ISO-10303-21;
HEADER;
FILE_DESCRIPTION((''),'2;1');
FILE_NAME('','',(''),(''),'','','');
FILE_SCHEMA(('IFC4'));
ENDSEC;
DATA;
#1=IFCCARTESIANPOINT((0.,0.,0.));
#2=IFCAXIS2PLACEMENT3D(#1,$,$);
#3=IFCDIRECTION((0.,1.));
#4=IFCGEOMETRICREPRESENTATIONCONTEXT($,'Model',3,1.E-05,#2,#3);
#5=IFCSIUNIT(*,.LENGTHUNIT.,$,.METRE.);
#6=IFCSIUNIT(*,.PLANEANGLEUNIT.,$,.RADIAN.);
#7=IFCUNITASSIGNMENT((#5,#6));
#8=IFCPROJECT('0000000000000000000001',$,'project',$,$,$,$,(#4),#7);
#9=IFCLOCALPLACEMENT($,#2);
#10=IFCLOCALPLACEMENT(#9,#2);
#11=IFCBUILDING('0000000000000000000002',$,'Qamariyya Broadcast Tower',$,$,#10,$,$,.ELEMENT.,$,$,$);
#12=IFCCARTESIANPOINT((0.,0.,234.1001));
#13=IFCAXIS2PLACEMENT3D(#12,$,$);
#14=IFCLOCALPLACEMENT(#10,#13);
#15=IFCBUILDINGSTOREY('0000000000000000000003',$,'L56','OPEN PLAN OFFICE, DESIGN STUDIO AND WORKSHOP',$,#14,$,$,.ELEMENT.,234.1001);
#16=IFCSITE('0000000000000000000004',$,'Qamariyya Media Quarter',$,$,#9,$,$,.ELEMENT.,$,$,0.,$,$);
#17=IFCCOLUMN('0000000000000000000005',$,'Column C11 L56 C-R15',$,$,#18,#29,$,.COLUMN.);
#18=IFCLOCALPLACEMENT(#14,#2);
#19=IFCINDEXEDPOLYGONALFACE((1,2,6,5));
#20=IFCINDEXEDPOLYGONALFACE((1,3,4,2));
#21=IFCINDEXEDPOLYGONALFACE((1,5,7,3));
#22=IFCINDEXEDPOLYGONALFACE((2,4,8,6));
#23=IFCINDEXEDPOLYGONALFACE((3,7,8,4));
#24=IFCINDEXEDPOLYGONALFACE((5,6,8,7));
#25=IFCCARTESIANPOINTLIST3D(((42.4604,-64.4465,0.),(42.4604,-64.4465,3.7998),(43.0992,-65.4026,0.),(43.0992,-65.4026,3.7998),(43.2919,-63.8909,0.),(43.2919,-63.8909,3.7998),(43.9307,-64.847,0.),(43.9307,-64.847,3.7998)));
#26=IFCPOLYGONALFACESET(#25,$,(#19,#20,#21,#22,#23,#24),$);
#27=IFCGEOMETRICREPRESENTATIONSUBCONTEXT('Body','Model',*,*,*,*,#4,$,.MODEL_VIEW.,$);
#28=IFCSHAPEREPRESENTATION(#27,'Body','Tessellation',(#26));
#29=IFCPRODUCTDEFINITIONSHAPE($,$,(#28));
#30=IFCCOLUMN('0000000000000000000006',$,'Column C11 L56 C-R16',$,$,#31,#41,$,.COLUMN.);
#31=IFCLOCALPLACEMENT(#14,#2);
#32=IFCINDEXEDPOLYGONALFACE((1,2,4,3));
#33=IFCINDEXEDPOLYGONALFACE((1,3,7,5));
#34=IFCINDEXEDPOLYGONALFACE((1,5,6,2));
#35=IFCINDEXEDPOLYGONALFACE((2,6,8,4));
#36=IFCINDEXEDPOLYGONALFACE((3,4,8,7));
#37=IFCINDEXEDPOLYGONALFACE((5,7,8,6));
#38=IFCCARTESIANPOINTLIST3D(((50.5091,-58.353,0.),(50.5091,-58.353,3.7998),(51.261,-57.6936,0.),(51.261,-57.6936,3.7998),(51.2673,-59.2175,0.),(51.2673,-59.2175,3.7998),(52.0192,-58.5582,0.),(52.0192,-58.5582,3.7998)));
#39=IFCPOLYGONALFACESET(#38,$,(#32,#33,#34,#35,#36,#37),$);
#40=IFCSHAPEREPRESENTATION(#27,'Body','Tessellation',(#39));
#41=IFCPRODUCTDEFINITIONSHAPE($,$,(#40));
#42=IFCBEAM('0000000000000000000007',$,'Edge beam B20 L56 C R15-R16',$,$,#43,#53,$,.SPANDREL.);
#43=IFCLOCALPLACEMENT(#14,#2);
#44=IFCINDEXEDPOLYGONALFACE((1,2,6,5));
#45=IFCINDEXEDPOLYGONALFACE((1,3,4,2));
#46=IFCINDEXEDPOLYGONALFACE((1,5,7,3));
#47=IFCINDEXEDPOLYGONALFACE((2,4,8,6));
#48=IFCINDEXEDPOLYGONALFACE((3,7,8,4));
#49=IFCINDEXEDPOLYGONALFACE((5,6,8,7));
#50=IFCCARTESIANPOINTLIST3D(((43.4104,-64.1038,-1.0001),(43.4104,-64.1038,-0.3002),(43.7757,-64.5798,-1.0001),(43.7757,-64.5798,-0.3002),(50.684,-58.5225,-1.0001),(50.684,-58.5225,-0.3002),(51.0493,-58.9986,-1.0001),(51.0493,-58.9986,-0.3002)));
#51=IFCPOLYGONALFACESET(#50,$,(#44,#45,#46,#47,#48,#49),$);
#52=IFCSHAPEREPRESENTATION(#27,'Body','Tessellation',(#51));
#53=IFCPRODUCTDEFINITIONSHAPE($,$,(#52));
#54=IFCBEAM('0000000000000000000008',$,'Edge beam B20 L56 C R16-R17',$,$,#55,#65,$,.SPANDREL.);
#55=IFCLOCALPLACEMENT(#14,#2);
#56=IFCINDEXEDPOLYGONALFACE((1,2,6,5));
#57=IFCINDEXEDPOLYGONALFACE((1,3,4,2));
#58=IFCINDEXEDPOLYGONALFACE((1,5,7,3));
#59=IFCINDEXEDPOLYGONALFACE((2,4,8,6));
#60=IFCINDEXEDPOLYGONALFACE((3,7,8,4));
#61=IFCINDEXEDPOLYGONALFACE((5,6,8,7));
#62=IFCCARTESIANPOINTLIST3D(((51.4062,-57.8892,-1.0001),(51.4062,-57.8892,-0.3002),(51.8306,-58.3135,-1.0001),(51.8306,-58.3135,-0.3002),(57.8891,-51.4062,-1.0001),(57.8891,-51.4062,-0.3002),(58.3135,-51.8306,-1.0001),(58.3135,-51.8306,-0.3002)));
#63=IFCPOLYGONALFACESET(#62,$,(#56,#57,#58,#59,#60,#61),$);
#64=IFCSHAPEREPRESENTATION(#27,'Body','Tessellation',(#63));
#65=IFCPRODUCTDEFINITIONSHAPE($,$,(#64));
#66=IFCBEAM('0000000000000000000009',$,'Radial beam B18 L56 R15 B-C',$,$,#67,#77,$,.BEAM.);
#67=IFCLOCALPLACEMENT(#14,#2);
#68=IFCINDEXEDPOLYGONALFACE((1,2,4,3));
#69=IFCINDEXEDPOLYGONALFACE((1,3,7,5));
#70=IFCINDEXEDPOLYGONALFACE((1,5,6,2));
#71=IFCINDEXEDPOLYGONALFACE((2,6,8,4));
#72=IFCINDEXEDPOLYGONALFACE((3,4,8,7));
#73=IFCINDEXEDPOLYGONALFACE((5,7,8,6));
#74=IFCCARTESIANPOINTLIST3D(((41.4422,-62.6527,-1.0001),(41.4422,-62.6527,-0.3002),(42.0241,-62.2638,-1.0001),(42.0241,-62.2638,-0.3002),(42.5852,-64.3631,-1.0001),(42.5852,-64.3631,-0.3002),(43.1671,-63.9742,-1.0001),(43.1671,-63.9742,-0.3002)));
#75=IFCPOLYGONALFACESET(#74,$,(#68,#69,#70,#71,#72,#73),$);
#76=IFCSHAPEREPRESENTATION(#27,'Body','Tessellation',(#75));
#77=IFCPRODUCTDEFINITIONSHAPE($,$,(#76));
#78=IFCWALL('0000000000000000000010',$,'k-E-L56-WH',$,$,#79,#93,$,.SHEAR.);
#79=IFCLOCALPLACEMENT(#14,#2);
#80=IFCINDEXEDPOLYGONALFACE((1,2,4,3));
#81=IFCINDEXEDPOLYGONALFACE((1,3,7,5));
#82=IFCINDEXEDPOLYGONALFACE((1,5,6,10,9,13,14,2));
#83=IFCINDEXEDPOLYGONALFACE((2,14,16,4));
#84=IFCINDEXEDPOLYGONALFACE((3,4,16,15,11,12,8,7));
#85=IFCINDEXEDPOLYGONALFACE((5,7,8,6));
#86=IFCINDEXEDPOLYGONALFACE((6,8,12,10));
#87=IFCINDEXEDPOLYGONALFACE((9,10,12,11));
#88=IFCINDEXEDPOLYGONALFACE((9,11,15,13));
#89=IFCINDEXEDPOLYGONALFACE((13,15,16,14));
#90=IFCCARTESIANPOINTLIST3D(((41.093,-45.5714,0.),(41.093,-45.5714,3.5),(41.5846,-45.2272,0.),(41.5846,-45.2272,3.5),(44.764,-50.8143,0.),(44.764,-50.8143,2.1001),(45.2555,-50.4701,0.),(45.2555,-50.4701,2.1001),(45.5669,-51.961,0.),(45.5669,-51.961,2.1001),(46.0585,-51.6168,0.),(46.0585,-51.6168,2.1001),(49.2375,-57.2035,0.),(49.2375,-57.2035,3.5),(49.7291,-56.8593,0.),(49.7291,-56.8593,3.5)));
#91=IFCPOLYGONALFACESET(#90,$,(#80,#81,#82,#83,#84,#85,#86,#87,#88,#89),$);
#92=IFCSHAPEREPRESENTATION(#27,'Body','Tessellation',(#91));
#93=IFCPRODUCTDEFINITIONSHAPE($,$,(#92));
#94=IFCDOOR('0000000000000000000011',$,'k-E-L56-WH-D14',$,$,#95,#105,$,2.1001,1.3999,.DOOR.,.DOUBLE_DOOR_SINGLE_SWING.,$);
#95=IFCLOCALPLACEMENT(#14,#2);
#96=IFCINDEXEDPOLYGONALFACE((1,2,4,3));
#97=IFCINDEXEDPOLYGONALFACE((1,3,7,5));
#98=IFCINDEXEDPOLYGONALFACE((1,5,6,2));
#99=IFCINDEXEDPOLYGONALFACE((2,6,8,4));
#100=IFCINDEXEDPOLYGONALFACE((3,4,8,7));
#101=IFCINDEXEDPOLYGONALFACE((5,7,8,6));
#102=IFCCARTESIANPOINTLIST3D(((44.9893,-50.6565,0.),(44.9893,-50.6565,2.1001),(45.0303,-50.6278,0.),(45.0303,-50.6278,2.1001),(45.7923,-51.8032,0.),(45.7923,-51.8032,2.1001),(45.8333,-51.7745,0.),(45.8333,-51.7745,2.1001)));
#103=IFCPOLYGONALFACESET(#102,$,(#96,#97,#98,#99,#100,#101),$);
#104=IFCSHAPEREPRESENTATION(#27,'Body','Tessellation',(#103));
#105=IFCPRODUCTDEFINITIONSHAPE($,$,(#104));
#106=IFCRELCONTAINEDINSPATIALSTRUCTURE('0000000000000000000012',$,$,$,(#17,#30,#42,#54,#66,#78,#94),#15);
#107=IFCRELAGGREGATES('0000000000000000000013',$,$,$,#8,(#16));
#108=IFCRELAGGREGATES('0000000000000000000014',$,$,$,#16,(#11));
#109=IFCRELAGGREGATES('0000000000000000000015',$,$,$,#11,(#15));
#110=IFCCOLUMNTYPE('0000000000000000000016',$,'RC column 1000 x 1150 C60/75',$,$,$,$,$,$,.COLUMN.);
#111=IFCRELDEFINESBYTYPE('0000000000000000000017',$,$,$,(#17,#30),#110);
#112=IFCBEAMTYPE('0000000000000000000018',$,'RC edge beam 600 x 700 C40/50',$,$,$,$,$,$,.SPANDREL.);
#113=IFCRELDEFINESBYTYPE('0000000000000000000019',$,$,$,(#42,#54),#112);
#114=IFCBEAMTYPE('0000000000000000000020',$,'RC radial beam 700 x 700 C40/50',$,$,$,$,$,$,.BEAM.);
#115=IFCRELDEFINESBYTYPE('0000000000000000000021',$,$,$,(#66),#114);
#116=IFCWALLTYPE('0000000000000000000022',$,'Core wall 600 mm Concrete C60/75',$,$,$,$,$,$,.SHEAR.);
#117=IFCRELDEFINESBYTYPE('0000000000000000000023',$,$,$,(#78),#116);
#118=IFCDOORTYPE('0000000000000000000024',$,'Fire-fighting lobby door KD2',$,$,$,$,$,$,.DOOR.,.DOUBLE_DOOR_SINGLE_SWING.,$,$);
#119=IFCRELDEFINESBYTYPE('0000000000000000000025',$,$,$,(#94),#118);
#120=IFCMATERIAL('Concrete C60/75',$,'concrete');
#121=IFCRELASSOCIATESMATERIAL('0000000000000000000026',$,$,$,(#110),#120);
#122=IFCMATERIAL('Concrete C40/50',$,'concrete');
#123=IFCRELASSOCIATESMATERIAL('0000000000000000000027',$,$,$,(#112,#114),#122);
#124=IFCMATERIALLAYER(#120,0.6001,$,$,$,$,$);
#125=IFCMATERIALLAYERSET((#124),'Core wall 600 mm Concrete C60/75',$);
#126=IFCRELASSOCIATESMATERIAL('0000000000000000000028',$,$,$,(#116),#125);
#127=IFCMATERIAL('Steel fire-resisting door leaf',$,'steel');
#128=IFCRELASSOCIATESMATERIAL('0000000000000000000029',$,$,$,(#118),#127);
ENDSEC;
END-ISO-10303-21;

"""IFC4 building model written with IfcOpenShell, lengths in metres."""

from ifc_helpers import new_model, si_unit, direction, frame, frame_2d, origin, origin_2d, place, context, subcontext, project, spatial, rectangle, extrude, material, layer, layer_set, material_profile, profile_set, type_object, element, fill, save


model = new_model("IFC4")

# Units and contexts
model_context = context("Model", 3, precision=1e-05, world=origin(), true_north=direction((0.0, 1.0)))
body_context = subcontext(model_context, "Body", "Model", "MODEL_VIEW")
ifc_project = project(units=[si_unit("LENGTHUNIT", "METRE"), si_unit("PLANEANGLEUNIT", "RADIAN")], contexts=[model_context])

# Site, building, storey
site_placement = place(None, origin())
site = spatial("IfcSite", under=ifc_project, at=site_placement, Name="Qamariyya Media Quarter", CompositionType="ELEMENT", RefElevation=0.0)
building_placement = place(site_placement, origin())
building = spatial("IfcBuilding", under=site, at=building_placement, Name="Qamariyya Broadcast Tower", CompositionType="ELEMENT")
storey_placement = place(building_placement, frame((0.0, 0.0, 234.1001)))
storey = spatial("IfcBuildingStorey", under=building, at=storey_placement, Name="L56", Description="OPEN PLAN OFFICE, DESIGN STUDIO AND WORKSHOP", CompositionType="ELEMENT", Elevation=234.1001)

# Columns
ifc_material_1 = material(Name="Concrete C60/75", Category="concrete")
ifc_material_profile_1 = material_profile(ifc_material_1, rectangle(XDim=1.0, YDim=1.1499, at=origin_2d()))
ifc_profile_set_1 = profile_set([ifc_material_profile_1], Name="Concrete C60/75")
column_type = type_object("IfcColumnType", Name="RC column 1000 x 1150 C60/75", PredefinedType="COLUMN", material=ifc_profile_set_1)
for number, where, z_axis, x_axis, name in (
    (1, (43.1956, -64.6467, 0.0), (0.0, 0.0, 1.0), (0.83147, 0.55557, 0.0), "Column C11 L56 C-R15"),
    (2, (51.2642, -58.4556, 0.0), (0.0, 0.0, 1.0), (0.75184, 0.659346, 0.0), "Column C11 L56 C-R16"),
):
    element("IfcColumn", number, at=place(storey_placement, frame(where, z_axis=z_axis, x_axis=x_axis)), inside=storey, type_object=column_type, Name=name, PredefinedType="COLUMN", context=body_context, shape_type="SweptSolid", body=[
        extrude(rectangle(XDim=1.0, YDim=1.1499, at=origin_2d()), origin(), (0.0, 0.0, 1.0), 3.7998),
    ])

# Beams
ifc_material_2 = material(Name="Concrete C40/50", Category="concrete")
ifc_material_profile_2 = material_profile(ifc_material_2, rectangle(XDim=0.6001, YDim=0.7, at=origin_2d()))
ifc_profile_set_2 = profile_set([ifc_material_profile_2], Name="Concrete C40/50")
beam_type_1 = type_object("IfcBeamType", Name="RC edge beam 600 x 700 C40/50", PredefinedType="SPANDREL", material=ifc_profile_set_2)
for number, where, z_axis, x_axis, name in (
    (3, (43.593, -64.3418, -0.6501), (0.793353, 0.608762, 0.0), (-0.608762, 0.793353, 0.0), "Edge beam B20 L56 C R15-R16"),
    (4, (51.6184, -58.1013, -0.6501), (0.707107, 0.707107, 0.0), (-0.707107, 0.707107, 0.0), "Edge beam B20 L56 C R16-R17"),
):
    element("IfcBeam", number, at=place(storey_placement, frame(where, z_axis=z_axis, x_axis=x_axis)), inside=storey, type_object=beam_type_1, Name=name, PredefinedType="SPANDREL", context=body_context, shape_type="SweptSolid", body=[
        extrude(rectangle(XDim=0.6001, YDim=0.7, at=origin_2d()), origin(), (0.0, 0.0, 1.0), 9.1682),
    ])
ifc_material_profile_3 = material_profile(ifc_material_2, rectangle(XDim=0.7, YDim=0.7, at=origin_2d()))
ifc_profile_set_3 = profile_set([ifc_material_profile_3], Name="Concrete C40/50")
beam_type_2 = type_object("IfcBeamType", Name="RC radial beam 700 x 700 C40/50", PredefinedType="BEAM", material=ifc_profile_set_3)
beam_placement = place(storey_placement, frame((41.7332, -62.4583, -0.6501), z_axis=(0.555631, -0.831429, 0.0), x_axis=(0.831429, 0.555631, 0.0)))
element("IfcBeam", 5, at=beam_placement, inside=storey, type_object=beam_type_2, Name="Radial beam B18 L56 R15 B-C", PredefinedType="BEAM", context=body_context, shape_type="SweptSolid", body=[
    extrude(rectangle(XDim=0.7, YDim=0.7, at=origin_2d()), origin(), (0.0, 0.0, 1.0), 2.0571),
])

# Wall, opening, door
ifc_layer_1 = layer(ifc_material_1, 0.6001)
ifc_layer_set_1 = layer_set([ifc_layer_1], Name="Core wall 600 mm Concrete C60/75")
wall_type_1 = type_object("IfcWallType", Name="Core wall 600 mm Concrete C60/75", PredefinedType="SHEAR", material=ifc_layer_set_1)
wall_1_placement = place(storey_placement, frame((49.4834, -57.0315, 0.0), z_axis=(0.0, 0.0, 1.0), x_axis=(-0.57356, 0.819163, 0.0)))
wall_1 = element("IfcWall", 6, at=wall_1_placement, inside=storey, type_object=wall_type_1, Name="k-E-L56-WH", PredefinedType="SHEAR", context=body_context, shape_type="SweptSolid", body=[
    extrude(rectangle(XDim=14.2, YDim=0.6001, at=frame_2d((7.1001, 0.0))), origin(), (0.0, 0.0, 1.0), 3.5),
])
opening_1_placement = place(wall_1_placement, frame((6.3999, 0.0, 0.0)))
opening_1 = element("IfcOpeningElement", 7, at=opening_1_placement, cuts=wall_1, PredefinedType="OPENING", context=body_context, shape_type="SweptSolid", body=[
    extrude(rectangle(XDim=1.3999, YDim=2.1001, at=frame_2d((0.7, 1.05))), frame((0.0, 0.3101, 0.0), z_axis=(0.0, -1.0, 0.0), x_axis=(1.0, 0.0, 0.0)), (0.0, 0.0, 1.0), 0.6201),
])
ifc_material_3 = material(Name="Steel fire-resisting door leaf", Category="steel")
door_type_1 = type_object("IfcDoorType", Name="Fire-fighting lobby door KD2", OperationType="DOUBLE_DOOR_SINGLE_SWING", PredefinedType="DOOR", material=ifc_material_3)
door_1_placement = place(opening_1_placement, origin())
door_1 = element("IfcDoor", 8, at=door_1_placement, inside=storey, type_object=door_type_1, Name="k-E-L56-WH-D14", OperationType="DOUBLE_DOOR_SINGLE_SWING", OverallHeight=2.1001, OverallWidth=1.3999, PredefinedType="DOOR", context=body_context, shape_type="SweptSolid", body=[
    extrude(rectangle(XDim=1.3999, YDim=2.1001, at=frame_2d((0.7, 1.05))), frame((0.0, 0.0249, 0.0), z_axis=(0.0, -1.0, 0.0), x_axis=(1.0, 0.0, 0.0)), (0.0, 0.0, 1.0), 0.05),
])
fill(opening_1, door_1)

save(model, "model.ifc")
